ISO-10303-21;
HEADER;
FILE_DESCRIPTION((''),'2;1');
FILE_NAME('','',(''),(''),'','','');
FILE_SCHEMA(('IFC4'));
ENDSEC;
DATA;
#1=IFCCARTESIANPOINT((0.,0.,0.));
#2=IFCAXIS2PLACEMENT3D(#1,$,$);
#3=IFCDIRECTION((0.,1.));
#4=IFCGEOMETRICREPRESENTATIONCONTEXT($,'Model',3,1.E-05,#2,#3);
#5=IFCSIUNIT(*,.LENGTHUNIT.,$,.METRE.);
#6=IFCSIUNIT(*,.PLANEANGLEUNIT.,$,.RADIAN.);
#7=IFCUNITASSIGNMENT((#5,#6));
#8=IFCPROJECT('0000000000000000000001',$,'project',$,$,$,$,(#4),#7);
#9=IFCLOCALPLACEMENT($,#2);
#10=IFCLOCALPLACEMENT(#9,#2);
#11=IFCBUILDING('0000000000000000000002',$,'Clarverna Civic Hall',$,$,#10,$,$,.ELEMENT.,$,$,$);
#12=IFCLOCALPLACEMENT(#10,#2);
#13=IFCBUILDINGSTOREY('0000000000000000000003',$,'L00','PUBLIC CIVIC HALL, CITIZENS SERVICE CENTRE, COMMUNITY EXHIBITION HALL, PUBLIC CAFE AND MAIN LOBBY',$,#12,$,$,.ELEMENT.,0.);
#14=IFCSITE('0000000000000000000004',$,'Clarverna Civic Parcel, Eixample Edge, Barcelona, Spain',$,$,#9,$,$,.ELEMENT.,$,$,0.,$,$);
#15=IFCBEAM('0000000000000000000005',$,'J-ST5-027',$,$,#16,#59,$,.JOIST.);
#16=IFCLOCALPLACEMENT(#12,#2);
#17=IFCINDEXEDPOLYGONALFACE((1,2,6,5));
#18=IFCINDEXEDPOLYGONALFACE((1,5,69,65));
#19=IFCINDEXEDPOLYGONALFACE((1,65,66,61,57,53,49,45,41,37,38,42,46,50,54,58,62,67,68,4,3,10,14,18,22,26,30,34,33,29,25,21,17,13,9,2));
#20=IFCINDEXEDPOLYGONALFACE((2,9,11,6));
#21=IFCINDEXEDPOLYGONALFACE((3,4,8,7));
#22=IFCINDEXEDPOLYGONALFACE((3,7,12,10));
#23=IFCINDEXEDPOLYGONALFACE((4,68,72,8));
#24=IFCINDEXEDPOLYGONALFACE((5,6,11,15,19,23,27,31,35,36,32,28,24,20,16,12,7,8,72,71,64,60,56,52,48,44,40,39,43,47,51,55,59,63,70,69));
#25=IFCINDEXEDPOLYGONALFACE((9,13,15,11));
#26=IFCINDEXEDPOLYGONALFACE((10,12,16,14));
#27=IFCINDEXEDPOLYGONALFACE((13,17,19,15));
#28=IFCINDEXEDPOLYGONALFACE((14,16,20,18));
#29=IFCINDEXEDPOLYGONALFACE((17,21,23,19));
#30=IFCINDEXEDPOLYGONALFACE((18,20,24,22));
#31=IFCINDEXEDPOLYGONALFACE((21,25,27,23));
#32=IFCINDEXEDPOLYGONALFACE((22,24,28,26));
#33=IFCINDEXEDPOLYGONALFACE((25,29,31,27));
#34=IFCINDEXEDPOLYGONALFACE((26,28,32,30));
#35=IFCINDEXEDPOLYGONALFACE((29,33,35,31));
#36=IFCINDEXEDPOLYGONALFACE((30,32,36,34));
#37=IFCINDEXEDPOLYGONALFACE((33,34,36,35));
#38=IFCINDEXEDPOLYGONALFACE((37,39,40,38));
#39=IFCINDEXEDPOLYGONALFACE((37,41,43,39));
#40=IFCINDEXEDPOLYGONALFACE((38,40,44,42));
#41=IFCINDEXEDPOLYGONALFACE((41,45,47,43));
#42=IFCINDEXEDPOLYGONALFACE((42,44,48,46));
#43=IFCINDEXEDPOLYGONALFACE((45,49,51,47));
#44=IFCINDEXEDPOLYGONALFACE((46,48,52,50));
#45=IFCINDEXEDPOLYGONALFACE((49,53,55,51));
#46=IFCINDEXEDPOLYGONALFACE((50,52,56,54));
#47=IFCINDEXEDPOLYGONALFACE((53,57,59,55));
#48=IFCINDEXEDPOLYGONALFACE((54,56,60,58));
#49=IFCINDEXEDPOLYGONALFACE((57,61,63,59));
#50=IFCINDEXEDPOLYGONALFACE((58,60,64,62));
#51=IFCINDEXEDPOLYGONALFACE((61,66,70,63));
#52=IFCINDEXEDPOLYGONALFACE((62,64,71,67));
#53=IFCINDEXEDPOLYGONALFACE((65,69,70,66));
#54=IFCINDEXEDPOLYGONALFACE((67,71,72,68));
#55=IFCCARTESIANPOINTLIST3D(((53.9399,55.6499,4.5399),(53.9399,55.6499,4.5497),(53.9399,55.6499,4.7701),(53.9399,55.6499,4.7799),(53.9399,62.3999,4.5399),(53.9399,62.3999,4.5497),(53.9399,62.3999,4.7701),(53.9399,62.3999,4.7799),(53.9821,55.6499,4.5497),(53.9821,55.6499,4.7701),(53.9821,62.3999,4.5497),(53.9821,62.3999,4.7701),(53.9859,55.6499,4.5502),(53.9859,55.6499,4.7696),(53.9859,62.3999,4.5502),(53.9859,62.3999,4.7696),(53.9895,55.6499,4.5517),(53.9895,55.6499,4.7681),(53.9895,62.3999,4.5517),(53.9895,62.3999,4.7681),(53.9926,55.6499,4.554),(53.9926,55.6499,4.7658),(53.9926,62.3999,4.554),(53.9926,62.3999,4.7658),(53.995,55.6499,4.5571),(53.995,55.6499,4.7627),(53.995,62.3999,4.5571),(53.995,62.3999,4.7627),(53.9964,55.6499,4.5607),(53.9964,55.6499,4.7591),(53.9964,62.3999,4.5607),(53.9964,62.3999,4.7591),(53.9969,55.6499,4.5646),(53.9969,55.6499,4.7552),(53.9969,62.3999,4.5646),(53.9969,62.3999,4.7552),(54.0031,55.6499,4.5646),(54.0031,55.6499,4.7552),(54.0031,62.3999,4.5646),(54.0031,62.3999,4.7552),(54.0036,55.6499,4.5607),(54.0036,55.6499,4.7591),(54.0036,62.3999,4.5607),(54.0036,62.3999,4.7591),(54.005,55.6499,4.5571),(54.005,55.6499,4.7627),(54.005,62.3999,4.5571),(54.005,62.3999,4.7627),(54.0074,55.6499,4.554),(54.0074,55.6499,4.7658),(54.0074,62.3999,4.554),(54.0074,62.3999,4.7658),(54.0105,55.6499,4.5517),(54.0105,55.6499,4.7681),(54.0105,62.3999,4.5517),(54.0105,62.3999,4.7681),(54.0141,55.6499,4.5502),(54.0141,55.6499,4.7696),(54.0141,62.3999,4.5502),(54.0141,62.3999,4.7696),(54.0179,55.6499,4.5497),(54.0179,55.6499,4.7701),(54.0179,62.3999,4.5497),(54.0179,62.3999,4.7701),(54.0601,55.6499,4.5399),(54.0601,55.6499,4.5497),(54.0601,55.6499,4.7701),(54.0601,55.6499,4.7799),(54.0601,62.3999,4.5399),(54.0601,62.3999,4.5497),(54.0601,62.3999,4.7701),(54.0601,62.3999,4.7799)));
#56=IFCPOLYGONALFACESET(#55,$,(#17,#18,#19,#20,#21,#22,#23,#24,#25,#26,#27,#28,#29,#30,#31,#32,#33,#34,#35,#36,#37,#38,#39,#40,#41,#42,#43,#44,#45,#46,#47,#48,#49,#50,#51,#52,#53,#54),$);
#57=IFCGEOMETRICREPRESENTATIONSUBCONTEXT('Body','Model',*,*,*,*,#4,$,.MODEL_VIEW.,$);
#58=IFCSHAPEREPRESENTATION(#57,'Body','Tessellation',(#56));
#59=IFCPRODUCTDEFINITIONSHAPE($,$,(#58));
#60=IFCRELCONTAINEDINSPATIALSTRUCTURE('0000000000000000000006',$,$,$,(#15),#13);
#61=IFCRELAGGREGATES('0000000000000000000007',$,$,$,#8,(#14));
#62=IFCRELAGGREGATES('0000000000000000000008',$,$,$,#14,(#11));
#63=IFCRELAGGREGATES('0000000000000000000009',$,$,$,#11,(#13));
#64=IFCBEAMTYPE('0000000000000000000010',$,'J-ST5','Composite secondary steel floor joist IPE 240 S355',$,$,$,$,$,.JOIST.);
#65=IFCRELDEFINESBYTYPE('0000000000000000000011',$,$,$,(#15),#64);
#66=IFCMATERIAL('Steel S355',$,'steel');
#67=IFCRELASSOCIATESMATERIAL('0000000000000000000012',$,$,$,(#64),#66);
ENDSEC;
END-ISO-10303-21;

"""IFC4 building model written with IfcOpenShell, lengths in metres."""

from ifc_helpers import new_model, si_unit, direction, frame, origin, origin_2d, place, context, subcontext, project, spatial, i_section, extrude, material, material_profile, profile_set, type_object, element, save


model = new_model("IFC4")

# Units and contexts
model_context = context("Model", 3, precision=1e-05, world=origin(), true_north=direction((0.0, 1.0)))
body_context = subcontext(model_context, "Body", "Model", "MODEL_VIEW")
ifc_project = project(units=[si_unit("LENGTHUNIT", "METRE"), si_unit("PLANEANGLEUNIT", "RADIAN")], contexts=[model_context])

# Site, building, storey
site_placement = place(None, origin())
site = spatial("IfcSite", under=ifc_project, at=site_placement, Name="Clarverna Civic Parcel, Eixample Edge, Barcelona, Spain", CompositionType="ELEMENT", RefElevation=0.0)
building_placement = place(site_placement, origin())
building = spatial("IfcBuilding", under=site, at=building_placement, Name="Clarverna Civic Hall", CompositionType="ELEMENT")
storey_placement = place(building_placement, origin())
storey = spatial("IfcBuildingStorey", under=building, at=storey_placement, Name="L00", Description="PUBLIC CIVIC HALL, CITIZENS SERVICE CENTRE, COMMUNITY EXHIBITION HALL, PUBLIC CAFE AND MAIN LOBBY", CompositionType="ELEMENT", Elevation=0.0)

# Beam
ifc_material_1 = material(Name="Steel S355", Category="steel")
ifc_material_profile_1 = material_profile(ifc_material_1, i_section(OverallWidth=0.1201, OverallDepth=0.24, WebThickness=0.0061, FlangeThickness=0.0098, FilletRadius=0.0149, at=origin_2d()), Name="IPE 240")
ifc_profile_set_1 = profile_set([ifc_material_profile_1], Name="Steel S355")
beam_type_1 = type_object("IfcBeamType", Name="J-ST5", Description="Composite secondary steel floor joist IPE 240 S355", PredefinedType="JOIST", material=ifc_profile_set_1)
beam_1_placement = place(storey_placement, frame((54.0, 55.6499, 4.6599), z_axis=(0.0, 1.0, 0.0), x_axis=(-1.0, 0.0, 0.0)))
element("IfcBeam", 1, at=beam_1_placement, inside=storey, type_object=beam_type_1, Name="J-ST5-027", PredefinedType="JOIST", context=body_context, shape_type="SweptSolid", body=[
    extrude(i_section(OverallWidth=0.1201, OverallDepth=0.24, WebThickness=0.0061, FlangeThickness=0.0098, FilletRadius=0.0149, at=origin_2d()), origin(), (0.0, 0.0, 1.0), 6.75),
])

save(model, "model.ifc")
